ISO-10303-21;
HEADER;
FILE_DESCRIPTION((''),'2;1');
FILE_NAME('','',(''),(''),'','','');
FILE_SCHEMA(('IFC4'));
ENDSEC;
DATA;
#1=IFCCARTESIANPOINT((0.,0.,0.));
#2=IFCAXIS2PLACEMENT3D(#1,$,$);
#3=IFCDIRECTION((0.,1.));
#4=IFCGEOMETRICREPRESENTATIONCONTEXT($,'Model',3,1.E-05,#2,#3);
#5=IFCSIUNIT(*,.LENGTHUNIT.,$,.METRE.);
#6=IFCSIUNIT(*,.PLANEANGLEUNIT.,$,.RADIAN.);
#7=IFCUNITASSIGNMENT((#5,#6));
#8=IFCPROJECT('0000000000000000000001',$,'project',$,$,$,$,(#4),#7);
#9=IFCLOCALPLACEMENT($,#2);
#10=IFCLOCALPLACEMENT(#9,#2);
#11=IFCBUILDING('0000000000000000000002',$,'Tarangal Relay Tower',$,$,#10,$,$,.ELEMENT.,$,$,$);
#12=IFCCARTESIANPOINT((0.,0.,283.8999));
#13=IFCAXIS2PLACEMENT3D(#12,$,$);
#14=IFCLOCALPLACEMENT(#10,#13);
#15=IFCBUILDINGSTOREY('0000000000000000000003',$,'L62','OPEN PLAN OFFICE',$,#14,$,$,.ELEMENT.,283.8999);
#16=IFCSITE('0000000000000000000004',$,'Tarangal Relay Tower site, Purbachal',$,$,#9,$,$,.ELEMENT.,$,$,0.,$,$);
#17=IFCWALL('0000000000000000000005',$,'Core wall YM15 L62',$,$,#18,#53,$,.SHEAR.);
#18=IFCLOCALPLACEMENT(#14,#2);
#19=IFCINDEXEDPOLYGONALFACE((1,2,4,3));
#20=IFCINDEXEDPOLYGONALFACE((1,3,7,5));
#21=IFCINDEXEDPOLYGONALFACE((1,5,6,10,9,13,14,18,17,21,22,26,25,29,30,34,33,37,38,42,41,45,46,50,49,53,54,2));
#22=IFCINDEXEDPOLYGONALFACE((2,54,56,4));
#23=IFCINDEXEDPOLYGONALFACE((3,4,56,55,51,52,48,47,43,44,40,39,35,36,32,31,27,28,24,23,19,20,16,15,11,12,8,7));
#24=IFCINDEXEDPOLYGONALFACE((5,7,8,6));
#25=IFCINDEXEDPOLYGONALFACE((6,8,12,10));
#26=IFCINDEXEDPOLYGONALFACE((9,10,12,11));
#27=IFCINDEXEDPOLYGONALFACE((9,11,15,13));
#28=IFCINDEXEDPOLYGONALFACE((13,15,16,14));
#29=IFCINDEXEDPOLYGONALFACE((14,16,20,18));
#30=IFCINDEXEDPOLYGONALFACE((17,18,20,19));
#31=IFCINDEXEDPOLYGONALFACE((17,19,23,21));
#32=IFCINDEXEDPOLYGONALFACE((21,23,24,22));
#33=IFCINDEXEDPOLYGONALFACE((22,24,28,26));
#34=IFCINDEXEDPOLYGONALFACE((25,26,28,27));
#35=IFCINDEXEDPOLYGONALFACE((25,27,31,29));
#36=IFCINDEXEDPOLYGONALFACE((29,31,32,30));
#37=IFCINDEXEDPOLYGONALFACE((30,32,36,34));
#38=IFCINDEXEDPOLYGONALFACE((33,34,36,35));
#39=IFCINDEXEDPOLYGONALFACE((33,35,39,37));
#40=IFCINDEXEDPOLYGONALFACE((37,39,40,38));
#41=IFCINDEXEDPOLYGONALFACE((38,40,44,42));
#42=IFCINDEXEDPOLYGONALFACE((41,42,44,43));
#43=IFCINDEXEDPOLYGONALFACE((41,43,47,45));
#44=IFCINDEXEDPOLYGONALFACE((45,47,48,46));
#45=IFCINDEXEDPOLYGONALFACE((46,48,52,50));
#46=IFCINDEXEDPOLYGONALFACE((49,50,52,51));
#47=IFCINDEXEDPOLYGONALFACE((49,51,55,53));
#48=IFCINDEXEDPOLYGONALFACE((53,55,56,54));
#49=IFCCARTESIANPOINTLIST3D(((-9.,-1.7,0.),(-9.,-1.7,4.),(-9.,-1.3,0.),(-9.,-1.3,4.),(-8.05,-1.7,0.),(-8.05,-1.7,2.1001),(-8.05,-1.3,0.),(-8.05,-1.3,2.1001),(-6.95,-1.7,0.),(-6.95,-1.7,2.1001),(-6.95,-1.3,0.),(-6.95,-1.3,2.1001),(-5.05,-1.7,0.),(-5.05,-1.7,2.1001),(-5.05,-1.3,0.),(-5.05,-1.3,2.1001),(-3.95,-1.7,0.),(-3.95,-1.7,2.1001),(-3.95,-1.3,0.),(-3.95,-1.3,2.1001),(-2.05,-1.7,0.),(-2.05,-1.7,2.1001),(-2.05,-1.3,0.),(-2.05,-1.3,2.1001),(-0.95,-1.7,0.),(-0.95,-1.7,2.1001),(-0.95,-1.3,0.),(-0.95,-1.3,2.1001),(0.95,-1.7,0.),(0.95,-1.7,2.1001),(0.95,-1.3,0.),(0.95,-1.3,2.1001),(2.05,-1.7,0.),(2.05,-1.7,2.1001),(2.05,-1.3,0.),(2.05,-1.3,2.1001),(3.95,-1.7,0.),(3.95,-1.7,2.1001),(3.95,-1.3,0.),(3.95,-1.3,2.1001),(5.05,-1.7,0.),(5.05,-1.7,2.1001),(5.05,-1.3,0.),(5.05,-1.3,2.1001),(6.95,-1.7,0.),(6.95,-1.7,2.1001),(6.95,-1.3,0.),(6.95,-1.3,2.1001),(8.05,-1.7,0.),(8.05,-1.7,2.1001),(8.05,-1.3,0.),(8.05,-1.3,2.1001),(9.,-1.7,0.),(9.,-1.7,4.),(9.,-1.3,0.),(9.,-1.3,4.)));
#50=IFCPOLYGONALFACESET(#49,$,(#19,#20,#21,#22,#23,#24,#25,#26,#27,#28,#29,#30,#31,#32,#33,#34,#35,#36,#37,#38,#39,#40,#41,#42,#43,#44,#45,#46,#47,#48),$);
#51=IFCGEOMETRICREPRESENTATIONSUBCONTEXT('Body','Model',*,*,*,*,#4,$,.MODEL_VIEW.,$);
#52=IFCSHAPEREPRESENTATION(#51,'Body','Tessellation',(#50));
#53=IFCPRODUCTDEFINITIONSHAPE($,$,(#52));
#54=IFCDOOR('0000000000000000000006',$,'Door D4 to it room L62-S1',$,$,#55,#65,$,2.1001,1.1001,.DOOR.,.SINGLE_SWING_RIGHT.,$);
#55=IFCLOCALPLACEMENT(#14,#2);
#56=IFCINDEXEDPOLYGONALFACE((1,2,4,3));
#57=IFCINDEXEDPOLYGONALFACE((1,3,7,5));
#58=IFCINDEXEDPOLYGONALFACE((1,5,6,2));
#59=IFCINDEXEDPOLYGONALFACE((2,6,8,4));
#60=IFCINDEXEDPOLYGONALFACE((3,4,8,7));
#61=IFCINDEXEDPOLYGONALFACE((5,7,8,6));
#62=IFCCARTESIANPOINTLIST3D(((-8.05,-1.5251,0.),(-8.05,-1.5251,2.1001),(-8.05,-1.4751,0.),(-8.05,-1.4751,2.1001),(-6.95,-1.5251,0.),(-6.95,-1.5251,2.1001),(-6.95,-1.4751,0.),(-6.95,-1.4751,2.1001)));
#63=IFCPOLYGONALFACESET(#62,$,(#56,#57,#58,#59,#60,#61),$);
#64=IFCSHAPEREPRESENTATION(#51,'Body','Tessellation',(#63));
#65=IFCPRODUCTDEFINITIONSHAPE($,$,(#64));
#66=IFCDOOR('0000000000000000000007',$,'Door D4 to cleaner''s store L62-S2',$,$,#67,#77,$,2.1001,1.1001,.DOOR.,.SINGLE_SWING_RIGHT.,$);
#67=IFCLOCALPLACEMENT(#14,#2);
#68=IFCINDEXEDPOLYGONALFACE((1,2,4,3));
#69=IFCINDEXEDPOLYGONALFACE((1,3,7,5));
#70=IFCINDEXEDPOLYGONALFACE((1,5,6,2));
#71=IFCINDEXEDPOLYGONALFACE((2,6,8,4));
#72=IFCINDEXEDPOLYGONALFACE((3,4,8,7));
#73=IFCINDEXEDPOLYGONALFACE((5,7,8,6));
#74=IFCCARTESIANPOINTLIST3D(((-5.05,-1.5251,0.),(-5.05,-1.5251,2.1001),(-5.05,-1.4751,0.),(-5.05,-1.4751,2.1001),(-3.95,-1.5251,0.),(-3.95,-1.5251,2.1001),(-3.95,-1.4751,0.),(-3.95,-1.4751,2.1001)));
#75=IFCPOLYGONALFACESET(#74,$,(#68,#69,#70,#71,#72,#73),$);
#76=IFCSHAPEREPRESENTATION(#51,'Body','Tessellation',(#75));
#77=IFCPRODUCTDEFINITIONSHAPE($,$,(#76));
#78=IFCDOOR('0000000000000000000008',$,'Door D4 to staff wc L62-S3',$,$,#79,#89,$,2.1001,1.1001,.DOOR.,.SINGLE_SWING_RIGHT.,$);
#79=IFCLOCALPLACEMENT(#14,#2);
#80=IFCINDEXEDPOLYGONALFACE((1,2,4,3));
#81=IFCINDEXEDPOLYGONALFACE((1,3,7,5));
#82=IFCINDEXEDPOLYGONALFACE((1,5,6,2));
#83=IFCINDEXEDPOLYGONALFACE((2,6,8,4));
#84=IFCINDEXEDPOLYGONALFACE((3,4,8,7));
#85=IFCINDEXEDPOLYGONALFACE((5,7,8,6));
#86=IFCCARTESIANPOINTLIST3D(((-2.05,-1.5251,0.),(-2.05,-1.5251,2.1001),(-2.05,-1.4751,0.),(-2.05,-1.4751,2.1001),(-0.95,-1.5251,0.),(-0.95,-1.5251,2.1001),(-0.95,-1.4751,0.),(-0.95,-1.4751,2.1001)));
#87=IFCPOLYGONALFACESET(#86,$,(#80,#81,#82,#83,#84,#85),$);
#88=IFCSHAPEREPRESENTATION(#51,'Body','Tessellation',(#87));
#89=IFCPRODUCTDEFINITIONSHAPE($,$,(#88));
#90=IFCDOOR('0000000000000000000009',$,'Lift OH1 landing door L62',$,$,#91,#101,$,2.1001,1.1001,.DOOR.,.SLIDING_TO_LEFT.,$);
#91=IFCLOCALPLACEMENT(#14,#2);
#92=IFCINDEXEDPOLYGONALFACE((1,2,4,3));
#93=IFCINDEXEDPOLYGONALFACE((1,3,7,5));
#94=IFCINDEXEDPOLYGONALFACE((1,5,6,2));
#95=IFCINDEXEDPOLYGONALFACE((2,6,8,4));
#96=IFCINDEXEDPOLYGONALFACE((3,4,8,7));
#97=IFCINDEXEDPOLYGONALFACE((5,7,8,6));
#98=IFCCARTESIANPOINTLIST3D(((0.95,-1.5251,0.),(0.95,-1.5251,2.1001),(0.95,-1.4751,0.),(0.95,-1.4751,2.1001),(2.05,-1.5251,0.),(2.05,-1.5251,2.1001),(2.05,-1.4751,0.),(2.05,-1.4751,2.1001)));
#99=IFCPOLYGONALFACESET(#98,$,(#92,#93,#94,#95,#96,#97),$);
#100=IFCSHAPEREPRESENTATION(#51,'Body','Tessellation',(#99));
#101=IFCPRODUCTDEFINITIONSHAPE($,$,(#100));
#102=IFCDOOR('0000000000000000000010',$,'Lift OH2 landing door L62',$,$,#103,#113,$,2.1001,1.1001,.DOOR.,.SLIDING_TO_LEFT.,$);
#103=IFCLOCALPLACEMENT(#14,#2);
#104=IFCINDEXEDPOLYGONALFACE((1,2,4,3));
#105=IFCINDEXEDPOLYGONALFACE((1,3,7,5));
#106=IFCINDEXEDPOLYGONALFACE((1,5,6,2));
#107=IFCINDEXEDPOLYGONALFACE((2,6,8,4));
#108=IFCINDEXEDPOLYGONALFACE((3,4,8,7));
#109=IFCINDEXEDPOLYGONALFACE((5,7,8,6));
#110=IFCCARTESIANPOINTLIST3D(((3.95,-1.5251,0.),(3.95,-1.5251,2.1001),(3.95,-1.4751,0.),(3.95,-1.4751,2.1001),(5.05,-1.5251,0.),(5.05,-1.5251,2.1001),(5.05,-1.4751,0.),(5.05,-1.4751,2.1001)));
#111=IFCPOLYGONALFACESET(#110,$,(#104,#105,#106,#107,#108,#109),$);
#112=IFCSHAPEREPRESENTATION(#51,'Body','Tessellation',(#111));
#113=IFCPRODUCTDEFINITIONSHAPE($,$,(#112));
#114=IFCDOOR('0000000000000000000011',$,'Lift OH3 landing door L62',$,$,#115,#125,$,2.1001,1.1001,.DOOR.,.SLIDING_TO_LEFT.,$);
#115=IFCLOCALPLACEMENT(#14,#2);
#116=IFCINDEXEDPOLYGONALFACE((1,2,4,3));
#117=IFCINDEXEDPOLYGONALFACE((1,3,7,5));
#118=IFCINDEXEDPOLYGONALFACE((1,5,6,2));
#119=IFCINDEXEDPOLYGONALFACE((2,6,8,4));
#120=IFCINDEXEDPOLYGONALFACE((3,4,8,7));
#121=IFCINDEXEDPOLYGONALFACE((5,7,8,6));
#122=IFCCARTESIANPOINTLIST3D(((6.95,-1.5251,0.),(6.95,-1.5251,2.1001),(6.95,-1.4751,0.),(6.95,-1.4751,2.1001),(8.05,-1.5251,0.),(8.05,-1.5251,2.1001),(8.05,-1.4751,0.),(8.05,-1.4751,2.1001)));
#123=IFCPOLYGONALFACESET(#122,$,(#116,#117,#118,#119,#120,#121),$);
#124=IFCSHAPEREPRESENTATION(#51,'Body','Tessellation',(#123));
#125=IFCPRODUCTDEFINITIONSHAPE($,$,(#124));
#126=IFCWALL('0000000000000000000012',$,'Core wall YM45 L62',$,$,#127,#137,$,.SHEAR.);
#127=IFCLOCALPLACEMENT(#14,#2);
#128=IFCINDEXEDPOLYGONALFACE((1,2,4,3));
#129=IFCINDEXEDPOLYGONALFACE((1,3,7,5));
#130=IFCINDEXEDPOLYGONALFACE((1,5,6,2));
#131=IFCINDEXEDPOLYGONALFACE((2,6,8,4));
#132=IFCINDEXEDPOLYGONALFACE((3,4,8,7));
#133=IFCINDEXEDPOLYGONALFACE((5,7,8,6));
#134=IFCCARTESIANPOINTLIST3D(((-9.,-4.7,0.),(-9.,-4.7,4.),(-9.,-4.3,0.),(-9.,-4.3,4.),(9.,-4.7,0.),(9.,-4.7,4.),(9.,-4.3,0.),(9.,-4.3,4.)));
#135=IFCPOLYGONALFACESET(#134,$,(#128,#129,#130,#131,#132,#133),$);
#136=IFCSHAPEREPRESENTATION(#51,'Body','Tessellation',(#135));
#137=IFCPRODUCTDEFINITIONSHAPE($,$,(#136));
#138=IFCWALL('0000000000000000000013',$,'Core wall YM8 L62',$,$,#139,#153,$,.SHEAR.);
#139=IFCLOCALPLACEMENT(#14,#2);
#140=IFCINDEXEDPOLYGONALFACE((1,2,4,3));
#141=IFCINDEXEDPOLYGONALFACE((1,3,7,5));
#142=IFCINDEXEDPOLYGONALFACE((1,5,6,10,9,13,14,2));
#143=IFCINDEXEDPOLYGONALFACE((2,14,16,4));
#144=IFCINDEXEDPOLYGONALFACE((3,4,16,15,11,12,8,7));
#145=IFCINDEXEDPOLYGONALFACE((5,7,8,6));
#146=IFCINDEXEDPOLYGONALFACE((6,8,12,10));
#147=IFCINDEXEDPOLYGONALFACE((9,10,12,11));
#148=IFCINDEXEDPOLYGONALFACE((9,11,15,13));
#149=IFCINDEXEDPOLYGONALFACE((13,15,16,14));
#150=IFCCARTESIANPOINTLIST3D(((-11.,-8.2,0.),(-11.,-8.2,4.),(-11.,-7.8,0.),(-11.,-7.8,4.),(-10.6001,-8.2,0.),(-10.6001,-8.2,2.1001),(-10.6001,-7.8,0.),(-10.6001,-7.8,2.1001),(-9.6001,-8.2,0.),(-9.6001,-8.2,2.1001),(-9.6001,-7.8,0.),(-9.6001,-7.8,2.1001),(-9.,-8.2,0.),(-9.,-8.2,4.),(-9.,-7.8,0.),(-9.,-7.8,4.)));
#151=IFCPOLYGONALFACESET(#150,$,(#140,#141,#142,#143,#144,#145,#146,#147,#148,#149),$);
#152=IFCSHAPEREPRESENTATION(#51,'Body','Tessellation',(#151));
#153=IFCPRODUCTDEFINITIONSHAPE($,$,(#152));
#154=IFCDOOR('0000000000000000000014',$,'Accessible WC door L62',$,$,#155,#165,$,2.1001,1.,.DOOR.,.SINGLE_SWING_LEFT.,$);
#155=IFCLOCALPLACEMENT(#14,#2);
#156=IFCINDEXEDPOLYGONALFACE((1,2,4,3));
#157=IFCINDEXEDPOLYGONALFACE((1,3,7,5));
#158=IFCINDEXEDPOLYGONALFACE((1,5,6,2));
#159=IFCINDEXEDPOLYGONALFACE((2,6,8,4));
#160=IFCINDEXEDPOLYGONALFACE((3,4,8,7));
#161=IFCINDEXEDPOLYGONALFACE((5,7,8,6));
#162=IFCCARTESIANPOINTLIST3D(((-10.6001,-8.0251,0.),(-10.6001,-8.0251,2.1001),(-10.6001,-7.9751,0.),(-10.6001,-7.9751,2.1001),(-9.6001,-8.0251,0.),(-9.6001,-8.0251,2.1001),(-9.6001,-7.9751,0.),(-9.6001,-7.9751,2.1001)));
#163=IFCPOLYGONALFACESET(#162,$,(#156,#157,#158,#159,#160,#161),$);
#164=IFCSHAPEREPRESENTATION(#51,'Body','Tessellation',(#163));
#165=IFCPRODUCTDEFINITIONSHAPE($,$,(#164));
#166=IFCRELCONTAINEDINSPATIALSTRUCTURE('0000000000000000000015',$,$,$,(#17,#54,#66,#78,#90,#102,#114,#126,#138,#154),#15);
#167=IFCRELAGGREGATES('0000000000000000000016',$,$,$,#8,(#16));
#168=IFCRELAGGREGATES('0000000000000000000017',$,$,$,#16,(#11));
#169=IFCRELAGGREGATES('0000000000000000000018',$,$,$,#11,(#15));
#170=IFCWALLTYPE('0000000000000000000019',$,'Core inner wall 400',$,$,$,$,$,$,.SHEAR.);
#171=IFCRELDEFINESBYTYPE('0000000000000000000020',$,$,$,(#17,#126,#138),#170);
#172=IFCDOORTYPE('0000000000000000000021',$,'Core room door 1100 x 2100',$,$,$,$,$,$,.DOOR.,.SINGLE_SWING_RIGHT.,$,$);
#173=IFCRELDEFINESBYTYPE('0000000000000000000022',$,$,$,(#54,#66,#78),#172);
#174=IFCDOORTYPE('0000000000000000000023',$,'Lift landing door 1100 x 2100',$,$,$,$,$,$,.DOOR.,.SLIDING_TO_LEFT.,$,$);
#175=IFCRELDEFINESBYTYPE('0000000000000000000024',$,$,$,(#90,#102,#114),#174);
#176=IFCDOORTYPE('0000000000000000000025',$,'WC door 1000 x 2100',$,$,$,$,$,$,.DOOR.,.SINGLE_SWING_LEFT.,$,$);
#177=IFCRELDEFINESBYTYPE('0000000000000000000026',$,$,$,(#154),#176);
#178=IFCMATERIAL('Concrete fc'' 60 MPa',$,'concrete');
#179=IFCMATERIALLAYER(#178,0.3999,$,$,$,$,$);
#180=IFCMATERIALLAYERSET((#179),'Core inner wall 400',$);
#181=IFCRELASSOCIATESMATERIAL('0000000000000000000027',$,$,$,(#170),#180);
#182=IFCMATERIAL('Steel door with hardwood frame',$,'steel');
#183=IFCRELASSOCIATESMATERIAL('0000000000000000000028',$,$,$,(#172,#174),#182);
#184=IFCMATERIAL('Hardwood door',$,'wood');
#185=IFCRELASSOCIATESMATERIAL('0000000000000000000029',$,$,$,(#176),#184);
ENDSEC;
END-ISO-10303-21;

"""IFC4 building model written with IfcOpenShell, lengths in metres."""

from ifc_helpers import new_model, si_unit, direction, frame, frame_2d, origin, place, context, subcontext, project, spatial, rectangle, extrude, material, layer, layer_set, type_object, element, fill, save


model = new_model("IFC4")

# Units and contexts
model_context = context("Model", 3, precision=1e-05, world=origin(), true_north=direction((0.0, 1.0)))
body_context = subcontext(model_context, "Body", "Model", "MODEL_VIEW")
ifc_project = project(units=[si_unit("LENGTHUNIT", "METRE"), si_unit("PLANEANGLEUNIT", "RADIAN")], contexts=[model_context])

# Site, building, storey
site_placement = place(None, origin())
site = spatial("IfcSite", under=ifc_project, at=site_placement, Name="Tarangal Relay Tower site, Purbachal", CompositionType="ELEMENT", RefElevation=0.0)
building_placement = place(site_placement, origin())
building = spatial("IfcBuilding", under=site, at=building_placement, Name="Tarangal Relay Tower", CompositionType="ELEMENT")
storey_placement = place(building_placement, frame((0.0, 0.0, 283.8999)))
storey = spatial("IfcBuildingStorey", under=building, at=storey_placement, Name="L62", Description="OPEN PLAN OFFICE", CompositionType="ELEMENT", Elevation=283.8999)

# Wall, openings, doors
ifc_material_1 = material(Name="Concrete fc' 60 MPa", Category="concrete")
ifc_layer_1 = layer(ifc_material_1, 0.3999)
ifc_layer_set_1 = layer_set([ifc_layer_1], Name="Core inner wall 400")
wall_type_1 = type_object("IfcWallType", Name="Core inner wall 400", PredefinedType="SHEAR", material=ifc_layer_set_1)
wall_1_placement = place(storey_placement, frame((-9.0, -1.5, 0.0), z_axis=(0.0, 0.0, 1.0), x_axis=(1.0, 0.0, 0.0)))
wall_1 = element("IfcWall", 1, at=wall_1_placement, inside=storey, type_object=wall_type_1, Name="Core wall YM15 L62", PredefinedType="SHEAR", context=body_context, shape_type="SweptSolid", body=[
    extrude(rectangle(XDim=18.0, YDim=0.3999, at=frame_2d((9.0, 0.0))), origin(), (0.0, 0.0, 1.0), 4.0),
])
opening_1_placement = place(wall_1_placement, frame((9.95, 0.0, 0.0)))
opening_1 = element("IfcOpeningElement", 2, at=opening_1_placement, cuts=wall_1, PredefinedType="OPENING", context=body_context, shape_type="SweptSolid", body=[
    extrude(rectangle(XDim=1.1001, YDim=2.1001, at=frame_2d((0.55, 1.05))), frame((0.0, 0.21, 0.0), z_axis=(0.0, -1.0, 0.0), x_axis=(1.0, 0.0, 0.0)), (0.0, 0.0, 1.0), 0.4199),
])
opening_2_placement = place(wall_1_placement, frame((12.95, 0.0, 0.0)))
opening_2 = element("IfcOpeningElement", 3, at=opening_2_placement, cuts=wall_1, PredefinedType="OPENING", context=body_context, shape_type="SweptSolid", body=[
    extrude(rectangle(XDim=1.1001, YDim=2.1001, at=frame_2d((0.55, 1.05))), frame((0.0, 0.21, 0.0), z_axis=(0.0, -1.0, 0.0), x_axis=(1.0, 0.0, 0.0)), (0.0, 0.0, 1.0), 0.4199),
])
opening_3_placement = place(wall_1_placement, frame((15.95, 0.0, 0.0)))
opening_3 = element("IfcOpeningElement", 4, at=opening_3_placement, cuts=wall_1, PredefinedType="OPENING", context=body_context, shape_type="SweptSolid", body=[
    extrude(rectangle(XDim=1.1001, YDim=2.1001, at=frame_2d((0.55, 1.05))), frame((0.0, 0.21, 0.0), z_axis=(0.0, -1.0, 0.0), x_axis=(1.0, 0.0, 0.0)), (0.0, 0.0, 1.0), 0.4199),
])
opening_4_placement = place(wall_1_placement, frame((0.95, 0.0, 0.0)))
opening_4 = element("IfcOpeningElement", 5, at=opening_4_placement, cuts=wall_1, PredefinedType="OPENING", context=body_context, shape_type="SweptSolid", body=[
    extrude(rectangle(XDim=1.1001, YDim=2.1001, at=frame_2d((0.55, 1.05))), frame((0.0, 0.21, 0.0), z_axis=(0.0, -1.0, 0.0), x_axis=(1.0, 0.0, 0.0)), (0.0, 0.0, 1.0), 0.4199),
])
opening_5_placement = place(wall_1_placement, frame((3.95, 0.0, 0.0)))
opening_5 = element("IfcOpeningElement", 6, at=opening_5_placement, cuts=wall_1, PredefinedType="OPENING", context=body_context, shape_type="SweptSolid", body=[
    extrude(rectangle(XDim=1.1001, YDim=2.1001, at=frame_2d((0.55, 1.05))), frame((0.0, 0.21, 0.0), z_axis=(0.0, -1.0, 0.0), x_axis=(1.0, 0.0, 0.0)), (0.0, 0.0, 1.0), 0.4199),
])
opening_6_placement = place(wall_1_placement, frame((6.95, 0.0, 0.0)))
opening_6 = element("IfcOpeningElement", 7, at=opening_6_placement, cuts=wall_1, PredefinedType="OPENING", context=body_context, shape_type="SweptSolid", body=[
    extrude(rectangle(XDim=1.1001, YDim=2.1001, at=frame_2d((0.55, 1.05))), frame((0.0, 0.21, 0.0), z_axis=(0.0, -1.0, 0.0), x_axis=(1.0, 0.0, 0.0)), (0.0, 0.0, 1.0), 0.4199),
])
ifc_material_2 = material(Name="Steel door with hardwood frame", Category="steel")
door_type_1 = type_object("IfcDoorType", Name="Core room door 1100 x 2100", OperationType="SINGLE_SWING_RIGHT", PredefinedType="DOOR", material=ifc_material_2)
door_1_placement = place(opening_4_placement, origin())
door_1 = element("IfcDoor", 8, at=door_1_placement, inside=storey, type_object=door_type_1, Name="Door D4 to it room L62-S1", OperationType="SINGLE_SWING_RIGHT", OverallHeight=2.1001, OverallWidth=1.1001, PredefinedType="DOOR", context=body_context, shape_type="SweptSolid", body=[
    extrude(rectangle(XDim=1.1001, YDim=2.1001, at=frame_2d((0.55, 1.05))), frame((0.0, 0.0249, 0.0), z_axis=(0.0, -1.0, 0.0), x_axis=(1.0, 0.0, 0.0)), (0.0, 0.0, 1.0), 0.05),
])
fill(opening_4, door_1)
door_2_placement = place(opening_5_placement, origin())
door_2 = element("IfcDoor", 9, at=door_2_placement, inside=storey, type_object=door_type_1, Name="Door D4 to cleaner's store L62-S2", OperationType="SINGLE_SWING_RIGHT", OverallHeight=2.1001, OverallWidth=1.1001, PredefinedType="DOOR", context=body_context, shape_type="SweptSolid", body=[
    extrude(rectangle(XDim=1.1001, YDim=2.1001, at=frame_2d((0.55, 1.05))), frame((0.0, 0.0249, 0.0), z_axis=(0.0, -1.0, 0.0), x_axis=(1.0, 0.0, 0.0)), (0.0, 0.0, 1.0), 0.05),
])
fill(opening_5, door_2)
door_3_placement = place(opening_6_placement, origin())
door_3 = element("IfcDoor", 10, at=door_3_placement, inside=storey, type_object=door_type_1, Name="Door D4 to staff wc L62-S3", OperationType="SINGLE_SWING_RIGHT", OverallHeight=2.1001, OverallWidth=1.1001, PredefinedType="DOOR", context=body_context, shape_type="SweptSolid", body=[
    extrude(rectangle(XDim=1.1001, YDim=2.1001, at=frame_2d((0.55, 1.05))), frame((0.0, 0.0249, 0.0), z_axis=(0.0, -1.0, 0.0), x_axis=(1.0, 0.0, 0.0)), (0.0, 0.0, 1.0), 0.05),
])
fill(opening_6, door_3)
door_type_2 = type_object("IfcDoorType", Name="Lift landing door 1100 x 2100", OperationType="SLIDING_TO_LEFT", PredefinedType="DOOR", material=ifc_material_2)
door_4_placement = place(opening_1_placement, origin())
door_4 = element("IfcDoor", 11, at=door_4_placement, inside=storey, type_object=door_type_2, Name="Lift OH1 landing door L62", OperationType="SLIDING_TO_LEFT", OverallHeight=2.1001, OverallWidth=1.1001, PredefinedType="DOOR", context=body_context, shape_type="SweptSolid", body=[
    extrude(rectangle(XDim=1.1001, YDim=2.1001, at=frame_2d((0.55, 1.05))), frame((0.0, 0.0249, 0.0), z_axis=(0.0, -1.0, 0.0), x_axis=(1.0, 0.0, 0.0)), (0.0, 0.0, 1.0), 0.05),
])
fill(opening_1, door_4)
door_5_placement = place(opening_2_placement, origin())
door_5 = element("IfcDoor", 12, at=door_5_placement, inside=storey, type_object=door_type_2, Name="Lift OH2 landing door L62", OperationType="SLIDING_TO_LEFT", OverallHeight=2.1001, OverallWidth=1.1001, PredefinedType="DOOR", context=body_context, shape_type="SweptSolid", body=[
    extrude(rectangle(XDim=1.1001, YDim=2.1001, at=frame_2d((0.55, 1.05))), frame((0.0, 0.0249, 0.0), z_axis=(0.0, -1.0, 0.0), x_axis=(1.0, 0.0, 0.0)), (0.0, 0.0, 1.0), 0.05),
])
fill(opening_2, door_5)
door_6_placement = place(opening_3_placement, origin())
door_6 = element("IfcDoor", 13, at=door_6_placement, inside=storey, type_object=door_type_2, Name="Lift OH3 landing door L62", OperationType="SLIDING_TO_LEFT", OverallHeight=2.1001, OverallWidth=1.1001, PredefinedType="DOOR", context=body_context, shape_type="SweptSolid", body=[
    extrude(rectangle(XDim=1.1001, YDim=2.1001, at=frame_2d((0.55, 1.05))), frame((0.0, 0.0249, 0.0), z_axis=(0.0, -1.0, 0.0), x_axis=(1.0, 0.0, 0.0)), (0.0, 0.0, 1.0), 0.05),
])
fill(opening_3, door_6)

# Wall
wall_2_placement = place(storey_placement, frame((-9.0, -4.5, 0.0), z_axis=(0.0, 0.0, 1.0), x_axis=(1.0, 0.0, 0.0)))
element("IfcWall", 14, at=wall_2_placement, inside=storey, type_object=wall_type_1, Name="Core wall YM45 L62", PredefinedType="SHEAR", context=body_context, shape_type="SweptSolid", body=[
    extrude(rectangle(XDim=18.0, YDim=0.3999, at=frame_2d((9.0, 0.0))), origin(), (0.0, 0.0, 1.0), 4.0),
])

# Wall, opening, door
wall_3_placement = place(storey_placement, frame((-11.0, -8.0, 0.0), z_axis=(0.0, 0.0, 1.0), x_axis=(1.0, 0.0, 0.0)))
wall_3 = element("IfcWall", 15, at=wall_3_placement, inside=storey, type_object=wall_type_1, Name="Core wall YM8 L62", PredefinedType="SHEAR", context=body_context, shape_type="SweptSolid", body=[
    extrude(rectangle(XDim=2.0, YDim=0.3999, at=frame_2d((1.0, 0.0))), origin(), (0.0, 0.0, 1.0), 4.0),
])
opening_7_placement = place(wall_3_placement, frame((0.3999, 0.0, 0.0)))
opening_7 = element("IfcOpeningElement", 16, at=opening_7_placement, cuts=wall_3, PredefinedType="OPENING", context=body_context, shape_type="SweptSolid", body=[
    extrude(rectangle(XDim=1.0, YDim=2.1001, at=frame_2d((0.5, 1.05))), frame((0.0, 0.21, 0.0), z_axis=(0.0, -1.0, 0.0), x_axis=(1.0, 0.0, 0.0)), (0.0, 0.0, 1.0), 0.4199),
])
ifc_material_3 = material(Name="Hardwood door", Category="wood")
door_type_3 = type_object("IfcDoorType", Name="WC door 1000 x 2100", OperationType="SINGLE_SWING_LEFT", PredefinedType="DOOR", material=ifc_material_3)
door_7_placement = place(opening_7_placement, origin())
door_7 = element("IfcDoor", 17, at=door_7_placement, inside=storey, type_object=door_type_3, Name="Accessible WC door L62", OperationType="SINGLE_SWING_LEFT", OverallHeight=2.1001, OverallWidth=1.0, PredefinedType="DOOR", context=body_context, shape_type="SweptSolid", body=[
    extrude(rectangle(XDim=1.0, YDim=2.1001, at=frame_2d((0.5, 1.05))), frame((0.0, 0.0249, 0.0), z_axis=(0.0, -1.0, 0.0), x_axis=(1.0, 0.0, 0.0)), (0.0, 0.0, 1.0), 0.05),
])
fill(opening_7, door_7)

save(model, "model.ifc")
